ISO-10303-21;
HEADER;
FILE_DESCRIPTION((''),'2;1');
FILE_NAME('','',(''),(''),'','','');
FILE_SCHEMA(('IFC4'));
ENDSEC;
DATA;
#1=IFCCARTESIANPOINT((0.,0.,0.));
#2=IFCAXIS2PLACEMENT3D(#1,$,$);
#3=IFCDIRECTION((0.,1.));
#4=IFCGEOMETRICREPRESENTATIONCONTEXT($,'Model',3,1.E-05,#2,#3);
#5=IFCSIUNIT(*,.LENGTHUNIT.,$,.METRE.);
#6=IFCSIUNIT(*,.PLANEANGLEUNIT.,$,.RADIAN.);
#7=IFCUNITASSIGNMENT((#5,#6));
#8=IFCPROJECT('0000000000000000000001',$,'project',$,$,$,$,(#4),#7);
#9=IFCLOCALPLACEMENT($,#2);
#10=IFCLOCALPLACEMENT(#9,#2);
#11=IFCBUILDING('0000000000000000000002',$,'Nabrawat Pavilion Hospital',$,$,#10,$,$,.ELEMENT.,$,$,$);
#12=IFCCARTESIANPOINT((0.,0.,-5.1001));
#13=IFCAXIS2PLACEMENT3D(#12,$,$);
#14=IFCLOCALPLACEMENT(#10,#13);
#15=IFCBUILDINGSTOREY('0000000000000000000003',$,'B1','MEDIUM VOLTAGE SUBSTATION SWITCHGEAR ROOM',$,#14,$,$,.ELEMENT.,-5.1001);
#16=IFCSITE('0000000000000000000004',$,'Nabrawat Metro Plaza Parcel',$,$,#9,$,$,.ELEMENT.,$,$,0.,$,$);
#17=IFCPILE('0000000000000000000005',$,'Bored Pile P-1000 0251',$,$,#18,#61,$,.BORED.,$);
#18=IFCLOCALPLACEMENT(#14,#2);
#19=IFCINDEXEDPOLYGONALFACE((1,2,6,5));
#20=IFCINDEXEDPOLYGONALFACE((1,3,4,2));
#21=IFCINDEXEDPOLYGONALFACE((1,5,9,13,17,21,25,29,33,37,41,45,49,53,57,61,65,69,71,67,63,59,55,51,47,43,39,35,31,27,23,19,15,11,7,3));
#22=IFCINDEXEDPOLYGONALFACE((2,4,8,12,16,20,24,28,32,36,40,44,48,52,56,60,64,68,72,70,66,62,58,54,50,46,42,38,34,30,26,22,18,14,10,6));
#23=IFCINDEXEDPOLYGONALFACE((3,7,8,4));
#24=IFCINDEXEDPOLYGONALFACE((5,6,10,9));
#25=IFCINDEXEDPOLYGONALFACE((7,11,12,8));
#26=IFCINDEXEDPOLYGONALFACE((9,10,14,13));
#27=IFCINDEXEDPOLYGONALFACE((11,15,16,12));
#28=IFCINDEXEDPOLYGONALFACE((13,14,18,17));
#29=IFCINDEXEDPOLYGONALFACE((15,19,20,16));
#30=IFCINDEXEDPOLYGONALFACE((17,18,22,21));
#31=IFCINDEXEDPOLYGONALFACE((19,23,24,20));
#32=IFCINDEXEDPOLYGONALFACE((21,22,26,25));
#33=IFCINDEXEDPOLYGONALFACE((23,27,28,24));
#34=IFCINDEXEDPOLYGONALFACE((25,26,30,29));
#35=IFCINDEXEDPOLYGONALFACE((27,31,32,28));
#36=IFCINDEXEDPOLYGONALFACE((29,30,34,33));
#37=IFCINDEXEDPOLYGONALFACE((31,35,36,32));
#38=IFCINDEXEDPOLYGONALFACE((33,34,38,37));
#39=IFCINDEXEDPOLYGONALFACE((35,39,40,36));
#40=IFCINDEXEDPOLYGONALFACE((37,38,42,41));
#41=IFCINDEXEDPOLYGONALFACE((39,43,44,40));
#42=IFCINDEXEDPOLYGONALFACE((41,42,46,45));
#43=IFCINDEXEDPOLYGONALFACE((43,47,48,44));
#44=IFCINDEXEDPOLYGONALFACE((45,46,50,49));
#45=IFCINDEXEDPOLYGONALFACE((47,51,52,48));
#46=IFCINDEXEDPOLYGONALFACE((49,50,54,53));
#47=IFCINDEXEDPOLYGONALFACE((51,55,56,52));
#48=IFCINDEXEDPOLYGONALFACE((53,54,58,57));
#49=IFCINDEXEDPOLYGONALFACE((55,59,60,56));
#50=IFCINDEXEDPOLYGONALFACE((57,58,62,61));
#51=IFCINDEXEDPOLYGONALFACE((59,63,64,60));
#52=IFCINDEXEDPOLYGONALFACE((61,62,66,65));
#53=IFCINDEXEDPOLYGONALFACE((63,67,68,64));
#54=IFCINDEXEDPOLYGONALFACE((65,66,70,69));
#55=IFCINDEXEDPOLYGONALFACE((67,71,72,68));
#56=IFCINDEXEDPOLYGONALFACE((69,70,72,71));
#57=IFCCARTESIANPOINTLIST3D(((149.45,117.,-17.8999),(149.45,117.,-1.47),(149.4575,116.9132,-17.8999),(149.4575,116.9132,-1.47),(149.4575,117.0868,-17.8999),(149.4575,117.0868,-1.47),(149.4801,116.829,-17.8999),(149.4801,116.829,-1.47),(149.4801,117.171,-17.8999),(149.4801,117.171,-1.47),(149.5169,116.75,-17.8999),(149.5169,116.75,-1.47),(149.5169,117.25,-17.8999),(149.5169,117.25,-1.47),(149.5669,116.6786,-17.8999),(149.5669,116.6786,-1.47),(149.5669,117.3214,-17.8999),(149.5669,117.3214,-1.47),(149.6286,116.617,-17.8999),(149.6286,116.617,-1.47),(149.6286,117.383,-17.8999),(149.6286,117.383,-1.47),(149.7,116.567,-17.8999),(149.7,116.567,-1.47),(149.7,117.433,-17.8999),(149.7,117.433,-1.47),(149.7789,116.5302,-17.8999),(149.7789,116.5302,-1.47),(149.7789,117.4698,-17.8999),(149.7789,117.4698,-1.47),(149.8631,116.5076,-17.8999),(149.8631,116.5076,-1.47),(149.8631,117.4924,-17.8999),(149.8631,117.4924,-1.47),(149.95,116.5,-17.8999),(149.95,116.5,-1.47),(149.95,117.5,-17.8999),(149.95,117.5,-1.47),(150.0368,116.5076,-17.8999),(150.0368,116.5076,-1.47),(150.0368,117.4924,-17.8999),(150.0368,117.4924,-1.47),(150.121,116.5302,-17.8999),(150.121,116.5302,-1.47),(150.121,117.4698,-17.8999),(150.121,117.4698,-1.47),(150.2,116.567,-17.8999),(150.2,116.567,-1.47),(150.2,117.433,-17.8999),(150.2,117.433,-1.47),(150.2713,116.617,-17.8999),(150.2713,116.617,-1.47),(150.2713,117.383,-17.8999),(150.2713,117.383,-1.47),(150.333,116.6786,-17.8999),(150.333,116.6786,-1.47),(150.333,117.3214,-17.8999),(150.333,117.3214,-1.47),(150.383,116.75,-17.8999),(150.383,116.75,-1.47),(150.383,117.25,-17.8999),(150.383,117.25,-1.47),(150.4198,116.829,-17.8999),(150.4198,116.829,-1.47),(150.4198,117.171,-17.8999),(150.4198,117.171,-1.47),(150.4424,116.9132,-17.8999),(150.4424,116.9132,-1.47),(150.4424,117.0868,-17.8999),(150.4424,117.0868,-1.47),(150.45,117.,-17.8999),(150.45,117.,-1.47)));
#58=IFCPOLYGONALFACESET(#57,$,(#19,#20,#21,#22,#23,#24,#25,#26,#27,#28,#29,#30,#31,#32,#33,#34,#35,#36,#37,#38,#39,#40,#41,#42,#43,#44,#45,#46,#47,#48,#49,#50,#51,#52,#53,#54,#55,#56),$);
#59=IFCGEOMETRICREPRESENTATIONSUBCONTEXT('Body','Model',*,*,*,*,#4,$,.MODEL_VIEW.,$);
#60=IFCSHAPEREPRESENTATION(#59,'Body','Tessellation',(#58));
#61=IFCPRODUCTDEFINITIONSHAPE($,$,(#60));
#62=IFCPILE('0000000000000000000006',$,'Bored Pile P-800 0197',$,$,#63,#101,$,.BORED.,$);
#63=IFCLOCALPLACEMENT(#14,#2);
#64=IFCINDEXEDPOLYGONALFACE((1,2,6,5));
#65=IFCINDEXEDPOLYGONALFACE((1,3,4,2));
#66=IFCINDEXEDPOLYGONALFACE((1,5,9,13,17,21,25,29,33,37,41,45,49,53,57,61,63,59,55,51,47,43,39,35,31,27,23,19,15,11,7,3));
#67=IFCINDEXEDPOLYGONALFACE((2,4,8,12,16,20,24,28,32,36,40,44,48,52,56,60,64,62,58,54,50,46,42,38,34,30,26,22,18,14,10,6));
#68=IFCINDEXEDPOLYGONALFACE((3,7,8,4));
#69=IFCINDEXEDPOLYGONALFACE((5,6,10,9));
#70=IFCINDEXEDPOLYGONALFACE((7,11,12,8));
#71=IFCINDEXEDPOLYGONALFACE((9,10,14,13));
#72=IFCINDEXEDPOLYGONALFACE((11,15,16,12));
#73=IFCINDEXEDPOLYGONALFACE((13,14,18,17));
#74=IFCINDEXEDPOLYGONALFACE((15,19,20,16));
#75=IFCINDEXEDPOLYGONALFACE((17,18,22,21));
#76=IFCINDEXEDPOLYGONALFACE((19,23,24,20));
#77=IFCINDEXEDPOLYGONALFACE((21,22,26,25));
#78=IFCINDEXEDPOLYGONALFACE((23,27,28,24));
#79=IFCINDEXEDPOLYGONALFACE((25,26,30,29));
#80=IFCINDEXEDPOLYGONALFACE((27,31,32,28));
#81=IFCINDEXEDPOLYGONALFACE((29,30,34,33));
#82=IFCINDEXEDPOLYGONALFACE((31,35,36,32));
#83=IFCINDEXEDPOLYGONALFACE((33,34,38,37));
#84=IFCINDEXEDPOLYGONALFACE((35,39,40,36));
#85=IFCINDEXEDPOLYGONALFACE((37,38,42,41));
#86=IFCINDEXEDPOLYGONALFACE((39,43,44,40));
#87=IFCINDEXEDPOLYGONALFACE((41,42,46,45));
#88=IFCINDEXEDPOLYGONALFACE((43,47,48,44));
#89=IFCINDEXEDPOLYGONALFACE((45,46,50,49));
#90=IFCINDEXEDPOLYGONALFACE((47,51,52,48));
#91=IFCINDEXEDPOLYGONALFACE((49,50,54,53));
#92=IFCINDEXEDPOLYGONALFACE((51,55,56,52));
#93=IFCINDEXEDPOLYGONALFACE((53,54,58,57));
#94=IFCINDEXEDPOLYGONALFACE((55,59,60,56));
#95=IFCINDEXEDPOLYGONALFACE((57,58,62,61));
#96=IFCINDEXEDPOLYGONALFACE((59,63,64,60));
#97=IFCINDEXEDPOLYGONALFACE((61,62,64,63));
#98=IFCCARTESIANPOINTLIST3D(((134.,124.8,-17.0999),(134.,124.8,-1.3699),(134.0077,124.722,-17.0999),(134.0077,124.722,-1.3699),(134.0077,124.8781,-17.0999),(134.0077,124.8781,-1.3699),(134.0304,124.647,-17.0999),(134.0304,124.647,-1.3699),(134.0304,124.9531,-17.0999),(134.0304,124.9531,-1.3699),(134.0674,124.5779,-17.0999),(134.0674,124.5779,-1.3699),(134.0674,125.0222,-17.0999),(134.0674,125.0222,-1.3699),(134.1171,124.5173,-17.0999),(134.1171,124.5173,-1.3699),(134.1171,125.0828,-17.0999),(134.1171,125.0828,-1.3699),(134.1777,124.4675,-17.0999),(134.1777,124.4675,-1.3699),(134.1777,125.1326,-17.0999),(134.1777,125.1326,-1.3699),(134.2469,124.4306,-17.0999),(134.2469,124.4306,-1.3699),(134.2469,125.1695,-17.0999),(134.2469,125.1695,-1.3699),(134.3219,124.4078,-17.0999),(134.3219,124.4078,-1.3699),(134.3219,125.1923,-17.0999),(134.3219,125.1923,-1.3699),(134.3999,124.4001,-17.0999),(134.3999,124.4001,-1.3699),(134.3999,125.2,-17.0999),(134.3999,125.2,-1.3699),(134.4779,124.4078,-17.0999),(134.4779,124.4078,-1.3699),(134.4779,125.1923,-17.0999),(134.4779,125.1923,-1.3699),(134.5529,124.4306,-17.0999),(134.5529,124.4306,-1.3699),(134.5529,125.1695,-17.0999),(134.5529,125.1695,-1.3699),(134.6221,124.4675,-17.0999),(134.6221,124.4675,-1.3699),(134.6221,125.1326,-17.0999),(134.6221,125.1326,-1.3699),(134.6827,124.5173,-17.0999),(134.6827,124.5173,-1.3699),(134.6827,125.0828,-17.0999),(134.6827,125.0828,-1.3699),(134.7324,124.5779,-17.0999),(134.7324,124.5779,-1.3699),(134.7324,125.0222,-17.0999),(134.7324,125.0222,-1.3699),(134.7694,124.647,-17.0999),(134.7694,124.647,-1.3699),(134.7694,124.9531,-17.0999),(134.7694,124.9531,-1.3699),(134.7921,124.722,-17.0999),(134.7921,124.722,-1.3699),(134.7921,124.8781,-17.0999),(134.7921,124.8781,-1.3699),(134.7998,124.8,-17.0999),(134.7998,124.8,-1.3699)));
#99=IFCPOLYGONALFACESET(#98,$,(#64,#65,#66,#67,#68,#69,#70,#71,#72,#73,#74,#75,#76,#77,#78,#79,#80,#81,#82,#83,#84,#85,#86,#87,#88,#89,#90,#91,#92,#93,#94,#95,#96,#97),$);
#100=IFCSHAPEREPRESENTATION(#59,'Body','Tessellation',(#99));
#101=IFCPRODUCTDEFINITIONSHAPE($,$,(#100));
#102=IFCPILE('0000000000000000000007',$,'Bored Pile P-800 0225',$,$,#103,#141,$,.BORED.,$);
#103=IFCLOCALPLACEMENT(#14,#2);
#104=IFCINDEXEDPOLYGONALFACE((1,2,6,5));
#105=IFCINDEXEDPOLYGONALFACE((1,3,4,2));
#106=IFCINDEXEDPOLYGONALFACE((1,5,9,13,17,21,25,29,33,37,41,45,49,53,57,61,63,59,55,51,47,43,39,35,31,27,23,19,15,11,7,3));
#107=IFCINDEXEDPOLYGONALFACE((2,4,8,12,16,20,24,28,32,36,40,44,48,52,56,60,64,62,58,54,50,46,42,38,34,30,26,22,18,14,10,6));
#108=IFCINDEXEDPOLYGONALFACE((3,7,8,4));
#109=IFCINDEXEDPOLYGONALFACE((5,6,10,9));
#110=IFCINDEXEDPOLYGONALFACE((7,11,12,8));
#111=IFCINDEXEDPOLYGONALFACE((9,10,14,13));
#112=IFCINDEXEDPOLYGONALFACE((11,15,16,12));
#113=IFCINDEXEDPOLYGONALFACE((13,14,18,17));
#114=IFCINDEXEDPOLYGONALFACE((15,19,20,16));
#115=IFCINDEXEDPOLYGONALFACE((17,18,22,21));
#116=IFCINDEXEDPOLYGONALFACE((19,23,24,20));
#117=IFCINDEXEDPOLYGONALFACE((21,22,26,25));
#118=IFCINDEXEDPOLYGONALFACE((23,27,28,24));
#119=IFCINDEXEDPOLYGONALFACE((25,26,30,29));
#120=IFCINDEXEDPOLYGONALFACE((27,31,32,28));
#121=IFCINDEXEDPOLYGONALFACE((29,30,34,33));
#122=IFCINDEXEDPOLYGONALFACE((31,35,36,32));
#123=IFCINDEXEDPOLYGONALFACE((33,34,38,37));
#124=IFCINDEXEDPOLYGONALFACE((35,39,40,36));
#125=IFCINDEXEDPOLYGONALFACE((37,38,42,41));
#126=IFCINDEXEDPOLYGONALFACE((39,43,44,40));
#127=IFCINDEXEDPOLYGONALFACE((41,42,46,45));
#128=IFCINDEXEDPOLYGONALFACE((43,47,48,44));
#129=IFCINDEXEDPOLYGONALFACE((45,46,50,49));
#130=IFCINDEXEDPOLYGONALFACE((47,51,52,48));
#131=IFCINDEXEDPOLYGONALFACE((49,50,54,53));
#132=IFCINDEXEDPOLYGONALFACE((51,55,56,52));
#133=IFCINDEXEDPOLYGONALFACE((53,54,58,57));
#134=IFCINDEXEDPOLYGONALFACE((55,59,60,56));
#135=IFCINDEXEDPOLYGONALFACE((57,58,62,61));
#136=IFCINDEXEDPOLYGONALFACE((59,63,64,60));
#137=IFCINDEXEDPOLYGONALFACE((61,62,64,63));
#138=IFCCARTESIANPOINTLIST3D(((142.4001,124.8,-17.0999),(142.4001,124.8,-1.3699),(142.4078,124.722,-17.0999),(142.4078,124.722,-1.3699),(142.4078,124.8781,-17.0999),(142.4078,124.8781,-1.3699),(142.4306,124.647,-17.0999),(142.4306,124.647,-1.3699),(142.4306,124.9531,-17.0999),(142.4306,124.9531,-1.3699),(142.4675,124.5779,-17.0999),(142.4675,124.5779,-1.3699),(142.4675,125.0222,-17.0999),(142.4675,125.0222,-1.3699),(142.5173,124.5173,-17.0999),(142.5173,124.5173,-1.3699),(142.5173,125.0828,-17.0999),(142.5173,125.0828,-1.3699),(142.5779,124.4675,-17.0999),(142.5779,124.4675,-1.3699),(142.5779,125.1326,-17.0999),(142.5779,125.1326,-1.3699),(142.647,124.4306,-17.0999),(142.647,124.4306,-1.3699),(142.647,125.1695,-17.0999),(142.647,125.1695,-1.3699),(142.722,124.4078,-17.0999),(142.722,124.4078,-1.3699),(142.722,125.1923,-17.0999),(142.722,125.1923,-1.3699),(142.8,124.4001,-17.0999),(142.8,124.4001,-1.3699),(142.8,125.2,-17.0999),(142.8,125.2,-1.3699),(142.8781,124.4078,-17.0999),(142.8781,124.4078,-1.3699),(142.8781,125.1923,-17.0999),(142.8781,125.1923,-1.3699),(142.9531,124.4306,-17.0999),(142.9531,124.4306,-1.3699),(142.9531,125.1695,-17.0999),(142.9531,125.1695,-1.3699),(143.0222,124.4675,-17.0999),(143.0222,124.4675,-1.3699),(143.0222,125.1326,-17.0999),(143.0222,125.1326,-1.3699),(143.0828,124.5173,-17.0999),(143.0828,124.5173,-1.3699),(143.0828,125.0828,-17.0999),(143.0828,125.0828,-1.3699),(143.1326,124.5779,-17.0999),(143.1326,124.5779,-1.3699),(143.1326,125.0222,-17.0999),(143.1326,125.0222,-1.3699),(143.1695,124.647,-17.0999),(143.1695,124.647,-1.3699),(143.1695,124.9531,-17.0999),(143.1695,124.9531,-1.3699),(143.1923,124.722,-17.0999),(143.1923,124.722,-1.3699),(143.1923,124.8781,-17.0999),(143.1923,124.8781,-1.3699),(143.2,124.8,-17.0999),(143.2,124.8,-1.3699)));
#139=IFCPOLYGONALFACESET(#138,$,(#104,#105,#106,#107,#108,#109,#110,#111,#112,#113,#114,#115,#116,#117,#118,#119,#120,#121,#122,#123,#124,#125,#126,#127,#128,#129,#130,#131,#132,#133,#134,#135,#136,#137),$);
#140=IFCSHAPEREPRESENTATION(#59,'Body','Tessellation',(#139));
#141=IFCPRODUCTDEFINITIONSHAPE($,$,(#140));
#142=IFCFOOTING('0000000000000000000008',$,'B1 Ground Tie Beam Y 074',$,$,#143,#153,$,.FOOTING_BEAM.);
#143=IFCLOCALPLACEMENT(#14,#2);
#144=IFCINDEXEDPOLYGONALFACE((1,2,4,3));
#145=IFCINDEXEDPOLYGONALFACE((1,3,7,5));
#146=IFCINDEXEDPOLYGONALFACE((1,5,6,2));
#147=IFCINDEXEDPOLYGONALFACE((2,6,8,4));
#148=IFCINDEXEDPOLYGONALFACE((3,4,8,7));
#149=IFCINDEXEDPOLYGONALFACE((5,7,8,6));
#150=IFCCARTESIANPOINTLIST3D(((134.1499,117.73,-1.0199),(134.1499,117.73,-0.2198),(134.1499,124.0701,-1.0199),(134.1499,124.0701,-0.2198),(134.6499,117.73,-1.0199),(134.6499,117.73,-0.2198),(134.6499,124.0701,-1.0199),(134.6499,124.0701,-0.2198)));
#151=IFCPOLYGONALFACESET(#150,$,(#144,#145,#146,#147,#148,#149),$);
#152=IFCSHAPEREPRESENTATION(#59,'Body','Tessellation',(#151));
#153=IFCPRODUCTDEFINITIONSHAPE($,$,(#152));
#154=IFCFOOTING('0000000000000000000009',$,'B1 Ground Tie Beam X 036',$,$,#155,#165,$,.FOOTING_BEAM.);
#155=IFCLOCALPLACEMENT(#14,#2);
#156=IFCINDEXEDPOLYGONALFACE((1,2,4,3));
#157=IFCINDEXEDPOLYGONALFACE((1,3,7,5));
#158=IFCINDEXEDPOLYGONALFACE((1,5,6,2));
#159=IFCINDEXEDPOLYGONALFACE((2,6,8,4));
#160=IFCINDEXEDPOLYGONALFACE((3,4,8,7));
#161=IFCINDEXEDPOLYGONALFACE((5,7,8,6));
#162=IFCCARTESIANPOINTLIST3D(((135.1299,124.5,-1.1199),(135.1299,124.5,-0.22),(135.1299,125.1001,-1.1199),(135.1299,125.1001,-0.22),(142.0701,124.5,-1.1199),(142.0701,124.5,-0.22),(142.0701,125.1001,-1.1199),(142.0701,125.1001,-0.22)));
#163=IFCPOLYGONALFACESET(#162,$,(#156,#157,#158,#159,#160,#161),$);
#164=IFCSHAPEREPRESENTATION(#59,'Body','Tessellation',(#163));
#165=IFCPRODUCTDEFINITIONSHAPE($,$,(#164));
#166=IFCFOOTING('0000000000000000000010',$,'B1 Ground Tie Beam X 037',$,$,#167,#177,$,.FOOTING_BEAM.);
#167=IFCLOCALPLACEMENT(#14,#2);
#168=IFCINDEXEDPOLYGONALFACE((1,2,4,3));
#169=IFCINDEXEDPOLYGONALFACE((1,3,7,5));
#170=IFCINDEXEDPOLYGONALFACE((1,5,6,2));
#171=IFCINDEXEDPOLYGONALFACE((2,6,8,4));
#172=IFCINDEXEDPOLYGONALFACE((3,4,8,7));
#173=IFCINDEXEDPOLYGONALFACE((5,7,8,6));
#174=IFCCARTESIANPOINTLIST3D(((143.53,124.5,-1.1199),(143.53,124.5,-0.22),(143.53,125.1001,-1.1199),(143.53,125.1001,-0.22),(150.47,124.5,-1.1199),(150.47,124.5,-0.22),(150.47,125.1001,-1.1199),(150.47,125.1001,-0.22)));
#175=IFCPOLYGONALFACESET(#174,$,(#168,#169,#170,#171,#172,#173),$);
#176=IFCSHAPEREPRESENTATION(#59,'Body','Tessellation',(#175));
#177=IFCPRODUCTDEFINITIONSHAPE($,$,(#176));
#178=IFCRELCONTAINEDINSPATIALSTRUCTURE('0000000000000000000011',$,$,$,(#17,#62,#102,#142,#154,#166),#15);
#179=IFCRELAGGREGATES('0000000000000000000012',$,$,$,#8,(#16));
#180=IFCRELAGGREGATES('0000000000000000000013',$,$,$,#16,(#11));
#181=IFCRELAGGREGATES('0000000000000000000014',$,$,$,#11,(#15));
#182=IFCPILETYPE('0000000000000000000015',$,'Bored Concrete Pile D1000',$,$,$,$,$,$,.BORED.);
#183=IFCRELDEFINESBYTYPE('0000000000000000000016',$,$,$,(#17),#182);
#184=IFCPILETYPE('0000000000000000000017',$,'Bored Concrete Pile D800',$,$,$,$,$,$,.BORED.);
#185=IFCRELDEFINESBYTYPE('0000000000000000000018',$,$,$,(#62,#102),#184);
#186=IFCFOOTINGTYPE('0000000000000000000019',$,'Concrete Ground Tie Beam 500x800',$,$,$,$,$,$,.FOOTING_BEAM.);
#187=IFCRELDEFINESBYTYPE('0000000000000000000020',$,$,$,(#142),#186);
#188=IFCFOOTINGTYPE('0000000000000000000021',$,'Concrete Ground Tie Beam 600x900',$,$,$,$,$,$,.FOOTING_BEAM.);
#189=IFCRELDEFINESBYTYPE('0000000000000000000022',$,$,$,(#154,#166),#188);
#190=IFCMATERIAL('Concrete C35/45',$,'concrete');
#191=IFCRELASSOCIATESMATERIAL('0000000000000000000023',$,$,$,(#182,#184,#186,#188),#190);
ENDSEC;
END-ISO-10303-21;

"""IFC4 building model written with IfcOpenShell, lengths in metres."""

from ifc_helpers import new_model, si_unit, direction, frame, origin, origin_2d, place, context, subcontext, project, spatial, rectangle, circle, extrude, material, material_profile, profile_set, type_object, element, save


model = new_model("IFC4")

# Units and contexts
model_context = context("Model", 3, precision=1e-05, world=origin(), true_north=direction((0.0, 1.0)))
body_context = subcontext(model_context, "Body", "Model", "MODEL_VIEW")
ifc_project = project(units=[si_unit("LENGTHUNIT", "METRE"), si_unit("PLANEANGLEUNIT", "RADIAN")], contexts=[model_context])

# Site, building, storey
site_placement = place(None, origin())
site = spatial("IfcSite", under=ifc_project, at=site_placement, Name="Nabrawat Metro Plaza Parcel", CompositionType="ELEMENT", RefElevation=0.0)
building_placement = place(site_placement, origin())
building = spatial("IfcBuilding", under=site, at=building_placement, Name="Nabrawat Pavilion Hospital", CompositionType="ELEMENT")
storey_placement = place(building_placement, frame((0.0, 0.0, -5.1001)))
storey = spatial("IfcBuildingStorey", under=building, at=storey_placement, Name="B1", Description="MEDIUM VOLTAGE SUBSTATION SWITCHGEAR ROOM", CompositionType="ELEMENT", Elevation=-5.1001)

# Piles
ifc_material_1 = material(Name="Concrete C35/45", Category="concrete")
ifc_material_profile_1 = material_profile(ifc_material_1, circle(Radius=0.5, at=origin_2d()), Name="DIA 1000")
ifc_profile_set_1 = profile_set([ifc_material_profile_1], Name="Concrete C35/45")
pile_type_1 = type_object("IfcPileType", Name="Bored Concrete Pile D1000", PredefinedType="BORED", material=ifc_profile_set_1)
for number, where, z_axis, x_axis, name in (
    (1, (149.95, 117.0, -1.47), (0.0, 0.0, -1.0), (1.0, 0.0, 0.0), "Bored Pile P-1000 0251"),
):
    element("IfcPile", number, at=place(storey_placement, frame(where, z_axis=z_axis, x_axis=x_axis)), inside=storey, type_object=pile_type_1, Name=name, PredefinedType="BORED", context=body_context, shape_type="SweptSolid", body=[
        extrude(circle(Radius=0.5, at=origin_2d()), origin(), (0.0, 0.0, 1.0), 16.4299),
    ])
ifc_material_profile_2 = material_profile(ifc_material_1, circle(Radius=0.3999, at=origin_2d()), Name="DIA 800")
ifc_profile_set_2 = profile_set([ifc_material_profile_2], Name="Concrete C35/45")
pile_type_2 = type_object("IfcPileType", Name="Bored Concrete Pile D800", PredefinedType="BORED", material=ifc_profile_set_2)
for number, where, z_axis, x_axis, name in (
    (2, (134.3999, 124.8, -1.3699), (0.0, 0.0, -1.0), (1.0, 0.0, 0.0), "Bored Pile P-800 0197"),
    (3, (142.8, 124.8, -1.3699), (0.0, 0.0, -1.0), (1.0, 0.0, 0.0), "Bored Pile P-800 0225"),
):
    element("IfcPile", number, at=place(storey_placement, frame(where, z_axis=z_axis, x_axis=x_axis)), inside=storey, type_object=pile_type_2, Name=name, PredefinedType="BORED", context=body_context, shape_type="SweptSolid", body=[
        extrude(circle(Radius=0.3999, at=origin_2d()), origin(), (0.0, 0.0, 1.0), 15.73),
    ])

# Footings
ifc_material_profile_3 = material_profile(ifc_material_1, rectangle(XDim=0.5, YDim=0.8, at=origin_2d()), Name="RC 500x800")
ifc_profile_set_3 = profile_set([ifc_material_profile_3], Name="Concrete C35/45")
footing_type_1 = type_object("IfcFootingType", Name="Concrete Ground Tie Beam 500x800", PredefinedType="FOOTING_BEAM", material=ifc_profile_set_3)
footing_1_placement = place(storey_placement, frame((134.3999, 117.73, -0.6199), z_axis=(0.0, 1.0, 0.0), x_axis=(-1.0, 0.0, 0.0)))
element("IfcFooting", 4, at=footing_1_placement, inside=storey, type_object=footing_type_1, Name="B1 Ground Tie Beam Y 074", PredefinedType="FOOTING_BEAM", context=body_context, shape_type="SweptSolid", body=[
    extrude(rectangle(XDim=0.5, YDim=0.8, at=origin_2d()), origin(), (0.0, 0.0, 1.0), 6.3401),
])
ifc_material_profile_4 = material_profile(ifc_material_1, rectangle(XDim=0.6001, YDim=0.8999, at=origin_2d()), Name="RC 600x900")
ifc_profile_set_4 = profile_set([ifc_material_profile_4], Name="Concrete C35/45")
footing_type_2 = type_object("IfcFootingType", Name="Concrete Ground Tie Beam 600x900", PredefinedType="FOOTING_BEAM", material=ifc_profile_set_4)
footing_2_placement = place(storey_placement, frame((135.1299, 124.8, -0.6699), z_axis=(1.0, 0.0, 0.0), x_axis=(0.0, 1.0, 0.0)))
element("IfcFooting", 5, at=footing_2_placement, inside=storey, type_object=footing_type_2, Name="B1 Ground Tie Beam X 036", PredefinedType="FOOTING_BEAM", context=body_context, shape_type="SweptSolid", body=[
    extrude(rectangle(XDim=0.6001, YDim=0.8999, at=origin_2d()), origin(), (0.0, 0.0, 1.0), 6.9402),
])
footing_3_placement = place(storey_placement, frame((143.53, 124.8, -0.6699), z_axis=(1.0, 0.0, 0.0), x_axis=(0.0, 1.0, 0.0)))
element("IfcFooting", 6, at=footing_3_placement, inside=storey, type_object=footing_type_2, Name="B1 Ground Tie Beam X 037", PredefinedType="FOOTING_BEAM", context=body_context, shape_type="SweptSolid", body=[
    extrude(rectangle(XDim=0.6001, YDim=0.8999, at=origin_2d()), origin(), (0.0, 0.0, 1.0), 6.9399),
])

save(model, "model.ifc")
